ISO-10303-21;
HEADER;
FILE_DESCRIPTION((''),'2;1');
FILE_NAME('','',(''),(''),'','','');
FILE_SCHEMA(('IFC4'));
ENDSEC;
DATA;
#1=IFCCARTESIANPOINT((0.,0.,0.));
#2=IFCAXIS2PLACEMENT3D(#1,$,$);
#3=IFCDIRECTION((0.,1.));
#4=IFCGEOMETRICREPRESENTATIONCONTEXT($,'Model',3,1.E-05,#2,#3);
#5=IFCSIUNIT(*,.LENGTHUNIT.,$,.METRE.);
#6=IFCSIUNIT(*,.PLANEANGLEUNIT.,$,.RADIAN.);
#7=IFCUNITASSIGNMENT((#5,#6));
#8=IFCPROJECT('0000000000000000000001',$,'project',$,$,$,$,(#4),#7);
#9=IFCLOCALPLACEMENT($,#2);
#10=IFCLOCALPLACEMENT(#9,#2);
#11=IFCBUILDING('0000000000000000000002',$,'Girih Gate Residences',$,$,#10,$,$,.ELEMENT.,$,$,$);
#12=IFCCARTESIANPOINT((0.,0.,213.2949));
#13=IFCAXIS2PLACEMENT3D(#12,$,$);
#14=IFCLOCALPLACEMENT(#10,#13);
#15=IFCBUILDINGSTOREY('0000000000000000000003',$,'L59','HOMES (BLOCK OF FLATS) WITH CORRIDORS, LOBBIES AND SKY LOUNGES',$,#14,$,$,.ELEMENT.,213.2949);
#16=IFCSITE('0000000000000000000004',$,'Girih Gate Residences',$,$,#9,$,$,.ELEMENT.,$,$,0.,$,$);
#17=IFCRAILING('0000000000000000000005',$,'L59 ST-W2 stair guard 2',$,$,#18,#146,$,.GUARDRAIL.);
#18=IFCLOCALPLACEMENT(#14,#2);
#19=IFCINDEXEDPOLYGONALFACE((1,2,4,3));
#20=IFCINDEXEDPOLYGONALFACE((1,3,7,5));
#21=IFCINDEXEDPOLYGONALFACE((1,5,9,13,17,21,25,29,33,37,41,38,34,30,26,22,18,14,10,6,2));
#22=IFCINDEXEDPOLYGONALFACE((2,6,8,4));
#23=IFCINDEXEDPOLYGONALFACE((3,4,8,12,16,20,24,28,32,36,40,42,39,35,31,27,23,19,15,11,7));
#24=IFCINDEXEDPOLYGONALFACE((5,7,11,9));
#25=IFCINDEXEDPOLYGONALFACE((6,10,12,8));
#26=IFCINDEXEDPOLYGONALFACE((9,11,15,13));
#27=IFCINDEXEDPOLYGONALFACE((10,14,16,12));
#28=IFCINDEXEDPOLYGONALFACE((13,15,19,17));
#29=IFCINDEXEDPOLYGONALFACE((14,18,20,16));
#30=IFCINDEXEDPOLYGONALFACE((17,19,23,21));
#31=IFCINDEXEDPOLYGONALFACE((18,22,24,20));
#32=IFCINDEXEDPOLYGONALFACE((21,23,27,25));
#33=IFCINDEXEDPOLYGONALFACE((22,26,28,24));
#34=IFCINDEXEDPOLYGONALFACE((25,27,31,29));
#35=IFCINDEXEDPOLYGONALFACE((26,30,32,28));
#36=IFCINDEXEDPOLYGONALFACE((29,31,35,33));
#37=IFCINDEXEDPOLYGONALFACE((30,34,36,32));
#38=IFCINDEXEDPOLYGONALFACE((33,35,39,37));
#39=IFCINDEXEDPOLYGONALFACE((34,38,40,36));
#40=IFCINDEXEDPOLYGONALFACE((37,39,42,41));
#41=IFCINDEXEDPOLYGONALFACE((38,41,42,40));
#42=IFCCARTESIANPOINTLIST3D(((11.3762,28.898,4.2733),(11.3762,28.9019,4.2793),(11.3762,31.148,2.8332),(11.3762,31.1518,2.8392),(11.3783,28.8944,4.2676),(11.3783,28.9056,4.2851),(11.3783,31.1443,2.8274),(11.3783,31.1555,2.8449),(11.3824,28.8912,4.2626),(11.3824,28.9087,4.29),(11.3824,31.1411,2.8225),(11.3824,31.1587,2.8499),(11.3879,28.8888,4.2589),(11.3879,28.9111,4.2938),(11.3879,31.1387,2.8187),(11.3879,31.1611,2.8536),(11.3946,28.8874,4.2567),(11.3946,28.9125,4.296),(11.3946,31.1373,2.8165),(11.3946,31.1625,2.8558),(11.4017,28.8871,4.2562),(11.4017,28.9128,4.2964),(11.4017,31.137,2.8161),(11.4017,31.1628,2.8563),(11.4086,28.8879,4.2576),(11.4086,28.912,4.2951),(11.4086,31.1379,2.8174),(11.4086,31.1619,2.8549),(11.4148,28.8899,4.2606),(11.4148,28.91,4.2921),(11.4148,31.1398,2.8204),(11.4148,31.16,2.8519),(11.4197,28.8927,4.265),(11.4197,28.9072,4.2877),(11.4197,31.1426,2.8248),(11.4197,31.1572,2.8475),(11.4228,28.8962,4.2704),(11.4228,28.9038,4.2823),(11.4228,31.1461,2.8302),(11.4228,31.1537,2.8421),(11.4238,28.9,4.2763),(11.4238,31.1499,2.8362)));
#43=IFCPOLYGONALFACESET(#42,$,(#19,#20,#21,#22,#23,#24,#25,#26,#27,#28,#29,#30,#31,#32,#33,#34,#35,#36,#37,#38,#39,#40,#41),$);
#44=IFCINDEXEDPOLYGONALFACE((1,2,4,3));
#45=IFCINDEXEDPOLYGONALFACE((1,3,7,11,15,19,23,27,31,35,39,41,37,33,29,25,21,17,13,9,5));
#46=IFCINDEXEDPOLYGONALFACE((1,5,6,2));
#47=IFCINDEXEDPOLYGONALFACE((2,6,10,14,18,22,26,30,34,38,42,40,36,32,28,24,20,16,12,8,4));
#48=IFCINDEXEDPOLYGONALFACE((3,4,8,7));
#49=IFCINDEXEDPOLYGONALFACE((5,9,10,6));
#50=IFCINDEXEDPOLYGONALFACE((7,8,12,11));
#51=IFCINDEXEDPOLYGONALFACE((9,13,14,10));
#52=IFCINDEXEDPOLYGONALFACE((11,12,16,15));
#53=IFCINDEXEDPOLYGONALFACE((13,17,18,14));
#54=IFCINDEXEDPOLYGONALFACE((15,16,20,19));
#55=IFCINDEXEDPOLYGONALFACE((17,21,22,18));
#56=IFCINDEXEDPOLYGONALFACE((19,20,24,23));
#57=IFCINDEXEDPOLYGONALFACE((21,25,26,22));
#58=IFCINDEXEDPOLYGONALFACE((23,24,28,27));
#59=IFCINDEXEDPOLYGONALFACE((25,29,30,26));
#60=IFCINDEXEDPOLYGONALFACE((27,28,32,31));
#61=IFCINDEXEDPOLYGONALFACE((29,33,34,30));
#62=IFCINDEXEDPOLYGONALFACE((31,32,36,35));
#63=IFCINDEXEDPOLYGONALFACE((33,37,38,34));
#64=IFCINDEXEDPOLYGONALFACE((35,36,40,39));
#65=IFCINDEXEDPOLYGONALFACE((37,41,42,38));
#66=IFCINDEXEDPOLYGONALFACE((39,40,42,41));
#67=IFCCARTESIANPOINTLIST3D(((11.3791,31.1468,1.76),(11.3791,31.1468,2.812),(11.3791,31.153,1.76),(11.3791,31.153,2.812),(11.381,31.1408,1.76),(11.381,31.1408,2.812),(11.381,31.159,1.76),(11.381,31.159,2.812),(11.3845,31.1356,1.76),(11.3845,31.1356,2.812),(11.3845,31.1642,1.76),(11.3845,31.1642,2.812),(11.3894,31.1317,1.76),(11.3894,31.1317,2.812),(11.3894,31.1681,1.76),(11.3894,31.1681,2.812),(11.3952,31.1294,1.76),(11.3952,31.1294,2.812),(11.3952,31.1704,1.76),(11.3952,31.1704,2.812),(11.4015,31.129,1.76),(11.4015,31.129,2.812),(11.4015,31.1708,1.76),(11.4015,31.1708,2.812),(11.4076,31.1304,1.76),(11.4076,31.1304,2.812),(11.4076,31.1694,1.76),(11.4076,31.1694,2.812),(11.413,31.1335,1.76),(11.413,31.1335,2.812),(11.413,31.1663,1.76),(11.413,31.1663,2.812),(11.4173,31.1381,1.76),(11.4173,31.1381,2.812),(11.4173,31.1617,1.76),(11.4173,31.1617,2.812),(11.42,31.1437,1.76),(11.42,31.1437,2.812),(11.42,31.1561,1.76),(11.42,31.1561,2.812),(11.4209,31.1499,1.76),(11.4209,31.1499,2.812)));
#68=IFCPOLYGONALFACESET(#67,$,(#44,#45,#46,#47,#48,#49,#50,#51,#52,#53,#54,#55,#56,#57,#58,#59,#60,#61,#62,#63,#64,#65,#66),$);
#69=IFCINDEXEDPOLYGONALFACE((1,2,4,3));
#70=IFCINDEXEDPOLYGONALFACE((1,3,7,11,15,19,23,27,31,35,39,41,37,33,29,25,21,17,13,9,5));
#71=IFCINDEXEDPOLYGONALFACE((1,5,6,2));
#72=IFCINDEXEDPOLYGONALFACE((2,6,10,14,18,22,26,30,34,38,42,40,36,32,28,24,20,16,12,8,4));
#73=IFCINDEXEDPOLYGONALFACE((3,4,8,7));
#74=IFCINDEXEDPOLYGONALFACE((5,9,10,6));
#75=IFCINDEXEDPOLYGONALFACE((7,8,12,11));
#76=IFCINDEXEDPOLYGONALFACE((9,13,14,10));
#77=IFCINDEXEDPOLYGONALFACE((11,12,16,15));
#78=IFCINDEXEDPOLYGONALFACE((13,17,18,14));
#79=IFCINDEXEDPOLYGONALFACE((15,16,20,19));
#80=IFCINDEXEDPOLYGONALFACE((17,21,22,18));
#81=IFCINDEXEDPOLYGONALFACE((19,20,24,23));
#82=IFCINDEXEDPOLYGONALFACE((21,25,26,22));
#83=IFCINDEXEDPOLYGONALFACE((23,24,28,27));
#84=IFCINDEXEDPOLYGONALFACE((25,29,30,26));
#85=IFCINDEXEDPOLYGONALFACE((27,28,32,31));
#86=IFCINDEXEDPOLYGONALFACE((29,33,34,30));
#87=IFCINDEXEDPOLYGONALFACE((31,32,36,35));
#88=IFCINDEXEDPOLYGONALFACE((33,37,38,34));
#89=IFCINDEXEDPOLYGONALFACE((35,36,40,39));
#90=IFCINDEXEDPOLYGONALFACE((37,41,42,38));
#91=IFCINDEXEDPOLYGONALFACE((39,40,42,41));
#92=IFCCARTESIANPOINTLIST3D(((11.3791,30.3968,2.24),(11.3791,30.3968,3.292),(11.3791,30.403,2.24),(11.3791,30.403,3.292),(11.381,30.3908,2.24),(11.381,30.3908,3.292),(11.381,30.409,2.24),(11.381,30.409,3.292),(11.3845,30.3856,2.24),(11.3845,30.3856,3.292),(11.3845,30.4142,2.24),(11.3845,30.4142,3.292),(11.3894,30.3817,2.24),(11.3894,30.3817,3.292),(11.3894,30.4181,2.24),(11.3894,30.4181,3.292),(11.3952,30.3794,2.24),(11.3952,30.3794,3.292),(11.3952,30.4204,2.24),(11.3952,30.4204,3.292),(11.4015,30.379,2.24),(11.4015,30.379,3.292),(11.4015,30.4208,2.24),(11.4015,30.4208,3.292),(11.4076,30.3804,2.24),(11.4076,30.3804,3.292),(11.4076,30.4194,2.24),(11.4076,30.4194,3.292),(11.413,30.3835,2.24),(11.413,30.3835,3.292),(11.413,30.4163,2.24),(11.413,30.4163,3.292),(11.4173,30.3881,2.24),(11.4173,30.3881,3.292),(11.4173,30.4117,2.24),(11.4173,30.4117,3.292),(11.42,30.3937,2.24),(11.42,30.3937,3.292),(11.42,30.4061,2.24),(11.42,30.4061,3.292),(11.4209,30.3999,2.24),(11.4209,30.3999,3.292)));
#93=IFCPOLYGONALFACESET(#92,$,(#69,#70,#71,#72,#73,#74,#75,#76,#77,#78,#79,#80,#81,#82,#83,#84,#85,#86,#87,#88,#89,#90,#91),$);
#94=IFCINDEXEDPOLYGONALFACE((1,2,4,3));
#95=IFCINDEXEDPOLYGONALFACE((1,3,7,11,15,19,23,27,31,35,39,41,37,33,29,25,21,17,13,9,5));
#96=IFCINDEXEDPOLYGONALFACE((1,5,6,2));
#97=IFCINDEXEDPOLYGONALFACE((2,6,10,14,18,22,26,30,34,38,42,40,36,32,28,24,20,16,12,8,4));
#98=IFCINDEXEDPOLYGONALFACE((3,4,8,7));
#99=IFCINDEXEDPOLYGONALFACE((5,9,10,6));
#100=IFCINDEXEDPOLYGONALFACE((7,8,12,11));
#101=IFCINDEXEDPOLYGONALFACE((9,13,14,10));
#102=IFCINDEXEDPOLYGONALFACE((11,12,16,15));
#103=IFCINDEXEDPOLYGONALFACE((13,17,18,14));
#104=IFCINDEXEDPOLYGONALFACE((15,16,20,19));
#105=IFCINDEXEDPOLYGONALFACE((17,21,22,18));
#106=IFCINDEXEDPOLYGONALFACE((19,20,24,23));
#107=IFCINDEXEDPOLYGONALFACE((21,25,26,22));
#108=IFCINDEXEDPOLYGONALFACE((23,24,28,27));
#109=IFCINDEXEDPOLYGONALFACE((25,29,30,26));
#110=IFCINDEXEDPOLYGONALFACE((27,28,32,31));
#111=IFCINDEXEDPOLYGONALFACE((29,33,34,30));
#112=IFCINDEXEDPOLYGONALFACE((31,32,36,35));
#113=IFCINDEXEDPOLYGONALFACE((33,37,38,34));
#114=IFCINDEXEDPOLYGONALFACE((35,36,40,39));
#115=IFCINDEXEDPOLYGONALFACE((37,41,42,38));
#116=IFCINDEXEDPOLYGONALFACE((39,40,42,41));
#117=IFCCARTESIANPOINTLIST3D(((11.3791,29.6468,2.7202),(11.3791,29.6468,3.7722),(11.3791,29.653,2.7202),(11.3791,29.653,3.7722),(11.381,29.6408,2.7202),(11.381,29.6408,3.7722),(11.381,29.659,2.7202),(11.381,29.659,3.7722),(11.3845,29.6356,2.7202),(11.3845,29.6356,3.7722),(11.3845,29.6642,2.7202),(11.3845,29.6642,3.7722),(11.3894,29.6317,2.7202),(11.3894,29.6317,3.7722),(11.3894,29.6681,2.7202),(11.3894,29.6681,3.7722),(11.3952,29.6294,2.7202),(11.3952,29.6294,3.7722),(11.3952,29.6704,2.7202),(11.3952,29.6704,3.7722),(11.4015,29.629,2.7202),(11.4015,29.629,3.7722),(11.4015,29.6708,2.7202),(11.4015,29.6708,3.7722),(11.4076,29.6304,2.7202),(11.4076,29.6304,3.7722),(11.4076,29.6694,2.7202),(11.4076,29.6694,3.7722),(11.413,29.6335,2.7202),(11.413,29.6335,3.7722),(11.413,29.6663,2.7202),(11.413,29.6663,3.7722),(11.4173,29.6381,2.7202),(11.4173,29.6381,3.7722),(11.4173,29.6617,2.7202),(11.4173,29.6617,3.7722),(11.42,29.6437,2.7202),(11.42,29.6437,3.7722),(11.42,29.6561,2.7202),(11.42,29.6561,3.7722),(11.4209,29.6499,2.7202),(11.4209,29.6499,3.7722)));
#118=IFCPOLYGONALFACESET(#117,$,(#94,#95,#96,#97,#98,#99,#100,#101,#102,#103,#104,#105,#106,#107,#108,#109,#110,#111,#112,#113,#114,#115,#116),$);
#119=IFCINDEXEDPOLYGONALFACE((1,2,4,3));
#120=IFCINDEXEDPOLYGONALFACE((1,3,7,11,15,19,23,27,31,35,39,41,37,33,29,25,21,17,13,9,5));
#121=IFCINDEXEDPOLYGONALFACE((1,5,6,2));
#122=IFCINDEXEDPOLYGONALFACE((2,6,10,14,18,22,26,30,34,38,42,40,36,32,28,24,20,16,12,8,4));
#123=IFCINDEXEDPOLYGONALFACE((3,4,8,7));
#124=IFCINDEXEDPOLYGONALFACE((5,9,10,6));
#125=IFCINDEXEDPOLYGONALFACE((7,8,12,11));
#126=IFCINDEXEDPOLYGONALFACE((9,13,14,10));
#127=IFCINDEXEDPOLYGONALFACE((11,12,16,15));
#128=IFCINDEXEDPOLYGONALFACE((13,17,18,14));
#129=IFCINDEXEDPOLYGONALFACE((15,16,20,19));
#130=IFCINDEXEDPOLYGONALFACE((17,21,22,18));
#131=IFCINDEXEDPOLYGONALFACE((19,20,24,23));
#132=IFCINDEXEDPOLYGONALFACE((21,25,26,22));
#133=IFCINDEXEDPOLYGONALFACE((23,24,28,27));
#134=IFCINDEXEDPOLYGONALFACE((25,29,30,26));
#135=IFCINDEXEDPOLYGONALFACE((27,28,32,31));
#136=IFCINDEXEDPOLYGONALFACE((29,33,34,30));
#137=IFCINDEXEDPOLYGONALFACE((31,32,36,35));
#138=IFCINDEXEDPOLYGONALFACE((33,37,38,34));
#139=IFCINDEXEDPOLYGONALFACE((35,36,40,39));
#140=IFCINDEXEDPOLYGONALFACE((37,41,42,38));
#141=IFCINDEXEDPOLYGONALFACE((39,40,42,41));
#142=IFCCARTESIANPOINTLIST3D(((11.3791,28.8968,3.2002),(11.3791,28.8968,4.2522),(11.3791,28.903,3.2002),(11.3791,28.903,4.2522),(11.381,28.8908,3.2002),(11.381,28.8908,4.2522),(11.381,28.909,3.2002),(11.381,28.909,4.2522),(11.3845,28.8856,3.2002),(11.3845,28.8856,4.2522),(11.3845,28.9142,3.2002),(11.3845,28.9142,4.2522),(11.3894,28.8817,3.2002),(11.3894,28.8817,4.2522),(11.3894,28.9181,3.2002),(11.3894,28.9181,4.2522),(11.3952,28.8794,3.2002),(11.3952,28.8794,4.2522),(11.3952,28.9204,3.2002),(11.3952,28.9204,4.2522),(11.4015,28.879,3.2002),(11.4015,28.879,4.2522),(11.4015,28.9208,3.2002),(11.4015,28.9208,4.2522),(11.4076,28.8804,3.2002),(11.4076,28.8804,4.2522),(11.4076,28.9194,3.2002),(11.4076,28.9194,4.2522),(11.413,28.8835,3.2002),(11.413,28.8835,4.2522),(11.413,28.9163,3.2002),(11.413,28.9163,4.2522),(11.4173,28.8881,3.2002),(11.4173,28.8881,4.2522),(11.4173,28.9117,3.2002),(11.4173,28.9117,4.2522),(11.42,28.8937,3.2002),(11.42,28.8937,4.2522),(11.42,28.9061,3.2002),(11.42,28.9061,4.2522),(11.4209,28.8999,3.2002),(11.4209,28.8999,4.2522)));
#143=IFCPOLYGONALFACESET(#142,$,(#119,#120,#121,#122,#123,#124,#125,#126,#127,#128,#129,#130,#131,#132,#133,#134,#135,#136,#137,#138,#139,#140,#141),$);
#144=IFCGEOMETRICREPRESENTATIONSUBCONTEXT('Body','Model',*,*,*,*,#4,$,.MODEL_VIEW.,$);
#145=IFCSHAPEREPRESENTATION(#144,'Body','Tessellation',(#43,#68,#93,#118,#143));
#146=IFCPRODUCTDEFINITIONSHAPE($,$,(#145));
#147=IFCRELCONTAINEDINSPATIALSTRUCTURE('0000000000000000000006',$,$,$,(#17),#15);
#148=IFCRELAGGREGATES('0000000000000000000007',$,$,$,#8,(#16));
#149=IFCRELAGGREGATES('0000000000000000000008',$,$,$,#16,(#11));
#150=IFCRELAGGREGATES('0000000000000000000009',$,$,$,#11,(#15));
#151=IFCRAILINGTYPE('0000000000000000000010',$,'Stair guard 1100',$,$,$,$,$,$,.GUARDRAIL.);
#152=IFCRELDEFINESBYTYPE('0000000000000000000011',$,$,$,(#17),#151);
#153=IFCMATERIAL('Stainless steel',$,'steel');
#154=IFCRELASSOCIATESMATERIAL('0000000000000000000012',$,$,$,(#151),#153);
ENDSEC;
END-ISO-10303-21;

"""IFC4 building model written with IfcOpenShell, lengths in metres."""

from ifc_helpers import new_model, si_unit, direction, frame, origin, origin_2d, place, context, subcontext, project, spatial, circle, extrude, material, type_object, element, save


model = new_model("IFC4")

# Units and contexts
model_context = context("Model", 3, precision=1e-05, world=origin(), true_north=direction((0.0, 1.0)))
body_context = subcontext(model_context, "Body", "Model", "MODEL_VIEW")
ifc_project = project(units=[si_unit("LENGTHUNIT", "METRE"), si_unit("PLANEANGLEUNIT", "RADIAN")], contexts=[model_context])

# Site, building, storey
site_placement = place(None, origin())
site = spatial("IfcSite", under=ifc_project, at=site_placement, Name="Girih Gate Residences", CompositionType="ELEMENT", RefElevation=0.0)
building_placement = place(site_placement, origin())
building = spatial("IfcBuilding", under=site, at=building_placement, Name="Girih Gate Residences", CompositionType="ELEMENT")
storey_placement = place(building_placement, frame((0.0, 0.0, 213.2949)))
storey = spatial("IfcBuildingStorey", under=building, at=storey_placement, Name="L59", Description="HOMES (BLOCK OF FLATS) WITH CORRIDORS, LOBBIES AND SKY LOUNGES", CompositionType="ELEMENT", Elevation=213.2949)

# Railing
ifc_material_1 = material(Name="Stainless steel", Category="steel")
railing_type_1 = type_object("IfcRailingType", Name="Stair guard 1100", PredefinedType="GUARDRAIL", material=ifc_material_1)
railing_1_placement = place(storey_placement, frame((11.3999, 31.1499, 1.76)))
element("IfcRailing", 1, at=railing_1_placement, inside=storey, type_object=railing_type_1, Name="L59 ST-W2 stair guard 2", PredefinedType="GUARDRAIL", context=body_context, shape_type="SweptSolid", body=[
    extrude(circle(Radius=0.0239, at=origin_2d()), frame((0.0, 0.0, 1.0762), z_axis=(0.0, -0.84224, 0.539103), x_axis=(1.0, 0.0, 0.0)), (0.0, 0.0, 1.0), 2.6714),
    extrude(circle(Radius=0.021, at=origin_2d()), origin(), (0.0, 0.0, 1.0), 1.052),
    extrude(circle(Radius=0.021, at=origin_2d()), frame((0.0, -0.75, 0.48)), (0.0, 0.0, 1.0), 1.052),
    extrude(circle(Radius=0.021, at=origin_2d()), frame((0.0, -1.5, 0.9602)), (0.0, 0.0, 1.0), 1.052),
    extrude(circle(Radius=0.021, at=origin_2d()), frame((0.0, -2.25, 1.4402)), (0.0, 0.0, 1.0), 1.052),
])

save(model, "model.ifc")
